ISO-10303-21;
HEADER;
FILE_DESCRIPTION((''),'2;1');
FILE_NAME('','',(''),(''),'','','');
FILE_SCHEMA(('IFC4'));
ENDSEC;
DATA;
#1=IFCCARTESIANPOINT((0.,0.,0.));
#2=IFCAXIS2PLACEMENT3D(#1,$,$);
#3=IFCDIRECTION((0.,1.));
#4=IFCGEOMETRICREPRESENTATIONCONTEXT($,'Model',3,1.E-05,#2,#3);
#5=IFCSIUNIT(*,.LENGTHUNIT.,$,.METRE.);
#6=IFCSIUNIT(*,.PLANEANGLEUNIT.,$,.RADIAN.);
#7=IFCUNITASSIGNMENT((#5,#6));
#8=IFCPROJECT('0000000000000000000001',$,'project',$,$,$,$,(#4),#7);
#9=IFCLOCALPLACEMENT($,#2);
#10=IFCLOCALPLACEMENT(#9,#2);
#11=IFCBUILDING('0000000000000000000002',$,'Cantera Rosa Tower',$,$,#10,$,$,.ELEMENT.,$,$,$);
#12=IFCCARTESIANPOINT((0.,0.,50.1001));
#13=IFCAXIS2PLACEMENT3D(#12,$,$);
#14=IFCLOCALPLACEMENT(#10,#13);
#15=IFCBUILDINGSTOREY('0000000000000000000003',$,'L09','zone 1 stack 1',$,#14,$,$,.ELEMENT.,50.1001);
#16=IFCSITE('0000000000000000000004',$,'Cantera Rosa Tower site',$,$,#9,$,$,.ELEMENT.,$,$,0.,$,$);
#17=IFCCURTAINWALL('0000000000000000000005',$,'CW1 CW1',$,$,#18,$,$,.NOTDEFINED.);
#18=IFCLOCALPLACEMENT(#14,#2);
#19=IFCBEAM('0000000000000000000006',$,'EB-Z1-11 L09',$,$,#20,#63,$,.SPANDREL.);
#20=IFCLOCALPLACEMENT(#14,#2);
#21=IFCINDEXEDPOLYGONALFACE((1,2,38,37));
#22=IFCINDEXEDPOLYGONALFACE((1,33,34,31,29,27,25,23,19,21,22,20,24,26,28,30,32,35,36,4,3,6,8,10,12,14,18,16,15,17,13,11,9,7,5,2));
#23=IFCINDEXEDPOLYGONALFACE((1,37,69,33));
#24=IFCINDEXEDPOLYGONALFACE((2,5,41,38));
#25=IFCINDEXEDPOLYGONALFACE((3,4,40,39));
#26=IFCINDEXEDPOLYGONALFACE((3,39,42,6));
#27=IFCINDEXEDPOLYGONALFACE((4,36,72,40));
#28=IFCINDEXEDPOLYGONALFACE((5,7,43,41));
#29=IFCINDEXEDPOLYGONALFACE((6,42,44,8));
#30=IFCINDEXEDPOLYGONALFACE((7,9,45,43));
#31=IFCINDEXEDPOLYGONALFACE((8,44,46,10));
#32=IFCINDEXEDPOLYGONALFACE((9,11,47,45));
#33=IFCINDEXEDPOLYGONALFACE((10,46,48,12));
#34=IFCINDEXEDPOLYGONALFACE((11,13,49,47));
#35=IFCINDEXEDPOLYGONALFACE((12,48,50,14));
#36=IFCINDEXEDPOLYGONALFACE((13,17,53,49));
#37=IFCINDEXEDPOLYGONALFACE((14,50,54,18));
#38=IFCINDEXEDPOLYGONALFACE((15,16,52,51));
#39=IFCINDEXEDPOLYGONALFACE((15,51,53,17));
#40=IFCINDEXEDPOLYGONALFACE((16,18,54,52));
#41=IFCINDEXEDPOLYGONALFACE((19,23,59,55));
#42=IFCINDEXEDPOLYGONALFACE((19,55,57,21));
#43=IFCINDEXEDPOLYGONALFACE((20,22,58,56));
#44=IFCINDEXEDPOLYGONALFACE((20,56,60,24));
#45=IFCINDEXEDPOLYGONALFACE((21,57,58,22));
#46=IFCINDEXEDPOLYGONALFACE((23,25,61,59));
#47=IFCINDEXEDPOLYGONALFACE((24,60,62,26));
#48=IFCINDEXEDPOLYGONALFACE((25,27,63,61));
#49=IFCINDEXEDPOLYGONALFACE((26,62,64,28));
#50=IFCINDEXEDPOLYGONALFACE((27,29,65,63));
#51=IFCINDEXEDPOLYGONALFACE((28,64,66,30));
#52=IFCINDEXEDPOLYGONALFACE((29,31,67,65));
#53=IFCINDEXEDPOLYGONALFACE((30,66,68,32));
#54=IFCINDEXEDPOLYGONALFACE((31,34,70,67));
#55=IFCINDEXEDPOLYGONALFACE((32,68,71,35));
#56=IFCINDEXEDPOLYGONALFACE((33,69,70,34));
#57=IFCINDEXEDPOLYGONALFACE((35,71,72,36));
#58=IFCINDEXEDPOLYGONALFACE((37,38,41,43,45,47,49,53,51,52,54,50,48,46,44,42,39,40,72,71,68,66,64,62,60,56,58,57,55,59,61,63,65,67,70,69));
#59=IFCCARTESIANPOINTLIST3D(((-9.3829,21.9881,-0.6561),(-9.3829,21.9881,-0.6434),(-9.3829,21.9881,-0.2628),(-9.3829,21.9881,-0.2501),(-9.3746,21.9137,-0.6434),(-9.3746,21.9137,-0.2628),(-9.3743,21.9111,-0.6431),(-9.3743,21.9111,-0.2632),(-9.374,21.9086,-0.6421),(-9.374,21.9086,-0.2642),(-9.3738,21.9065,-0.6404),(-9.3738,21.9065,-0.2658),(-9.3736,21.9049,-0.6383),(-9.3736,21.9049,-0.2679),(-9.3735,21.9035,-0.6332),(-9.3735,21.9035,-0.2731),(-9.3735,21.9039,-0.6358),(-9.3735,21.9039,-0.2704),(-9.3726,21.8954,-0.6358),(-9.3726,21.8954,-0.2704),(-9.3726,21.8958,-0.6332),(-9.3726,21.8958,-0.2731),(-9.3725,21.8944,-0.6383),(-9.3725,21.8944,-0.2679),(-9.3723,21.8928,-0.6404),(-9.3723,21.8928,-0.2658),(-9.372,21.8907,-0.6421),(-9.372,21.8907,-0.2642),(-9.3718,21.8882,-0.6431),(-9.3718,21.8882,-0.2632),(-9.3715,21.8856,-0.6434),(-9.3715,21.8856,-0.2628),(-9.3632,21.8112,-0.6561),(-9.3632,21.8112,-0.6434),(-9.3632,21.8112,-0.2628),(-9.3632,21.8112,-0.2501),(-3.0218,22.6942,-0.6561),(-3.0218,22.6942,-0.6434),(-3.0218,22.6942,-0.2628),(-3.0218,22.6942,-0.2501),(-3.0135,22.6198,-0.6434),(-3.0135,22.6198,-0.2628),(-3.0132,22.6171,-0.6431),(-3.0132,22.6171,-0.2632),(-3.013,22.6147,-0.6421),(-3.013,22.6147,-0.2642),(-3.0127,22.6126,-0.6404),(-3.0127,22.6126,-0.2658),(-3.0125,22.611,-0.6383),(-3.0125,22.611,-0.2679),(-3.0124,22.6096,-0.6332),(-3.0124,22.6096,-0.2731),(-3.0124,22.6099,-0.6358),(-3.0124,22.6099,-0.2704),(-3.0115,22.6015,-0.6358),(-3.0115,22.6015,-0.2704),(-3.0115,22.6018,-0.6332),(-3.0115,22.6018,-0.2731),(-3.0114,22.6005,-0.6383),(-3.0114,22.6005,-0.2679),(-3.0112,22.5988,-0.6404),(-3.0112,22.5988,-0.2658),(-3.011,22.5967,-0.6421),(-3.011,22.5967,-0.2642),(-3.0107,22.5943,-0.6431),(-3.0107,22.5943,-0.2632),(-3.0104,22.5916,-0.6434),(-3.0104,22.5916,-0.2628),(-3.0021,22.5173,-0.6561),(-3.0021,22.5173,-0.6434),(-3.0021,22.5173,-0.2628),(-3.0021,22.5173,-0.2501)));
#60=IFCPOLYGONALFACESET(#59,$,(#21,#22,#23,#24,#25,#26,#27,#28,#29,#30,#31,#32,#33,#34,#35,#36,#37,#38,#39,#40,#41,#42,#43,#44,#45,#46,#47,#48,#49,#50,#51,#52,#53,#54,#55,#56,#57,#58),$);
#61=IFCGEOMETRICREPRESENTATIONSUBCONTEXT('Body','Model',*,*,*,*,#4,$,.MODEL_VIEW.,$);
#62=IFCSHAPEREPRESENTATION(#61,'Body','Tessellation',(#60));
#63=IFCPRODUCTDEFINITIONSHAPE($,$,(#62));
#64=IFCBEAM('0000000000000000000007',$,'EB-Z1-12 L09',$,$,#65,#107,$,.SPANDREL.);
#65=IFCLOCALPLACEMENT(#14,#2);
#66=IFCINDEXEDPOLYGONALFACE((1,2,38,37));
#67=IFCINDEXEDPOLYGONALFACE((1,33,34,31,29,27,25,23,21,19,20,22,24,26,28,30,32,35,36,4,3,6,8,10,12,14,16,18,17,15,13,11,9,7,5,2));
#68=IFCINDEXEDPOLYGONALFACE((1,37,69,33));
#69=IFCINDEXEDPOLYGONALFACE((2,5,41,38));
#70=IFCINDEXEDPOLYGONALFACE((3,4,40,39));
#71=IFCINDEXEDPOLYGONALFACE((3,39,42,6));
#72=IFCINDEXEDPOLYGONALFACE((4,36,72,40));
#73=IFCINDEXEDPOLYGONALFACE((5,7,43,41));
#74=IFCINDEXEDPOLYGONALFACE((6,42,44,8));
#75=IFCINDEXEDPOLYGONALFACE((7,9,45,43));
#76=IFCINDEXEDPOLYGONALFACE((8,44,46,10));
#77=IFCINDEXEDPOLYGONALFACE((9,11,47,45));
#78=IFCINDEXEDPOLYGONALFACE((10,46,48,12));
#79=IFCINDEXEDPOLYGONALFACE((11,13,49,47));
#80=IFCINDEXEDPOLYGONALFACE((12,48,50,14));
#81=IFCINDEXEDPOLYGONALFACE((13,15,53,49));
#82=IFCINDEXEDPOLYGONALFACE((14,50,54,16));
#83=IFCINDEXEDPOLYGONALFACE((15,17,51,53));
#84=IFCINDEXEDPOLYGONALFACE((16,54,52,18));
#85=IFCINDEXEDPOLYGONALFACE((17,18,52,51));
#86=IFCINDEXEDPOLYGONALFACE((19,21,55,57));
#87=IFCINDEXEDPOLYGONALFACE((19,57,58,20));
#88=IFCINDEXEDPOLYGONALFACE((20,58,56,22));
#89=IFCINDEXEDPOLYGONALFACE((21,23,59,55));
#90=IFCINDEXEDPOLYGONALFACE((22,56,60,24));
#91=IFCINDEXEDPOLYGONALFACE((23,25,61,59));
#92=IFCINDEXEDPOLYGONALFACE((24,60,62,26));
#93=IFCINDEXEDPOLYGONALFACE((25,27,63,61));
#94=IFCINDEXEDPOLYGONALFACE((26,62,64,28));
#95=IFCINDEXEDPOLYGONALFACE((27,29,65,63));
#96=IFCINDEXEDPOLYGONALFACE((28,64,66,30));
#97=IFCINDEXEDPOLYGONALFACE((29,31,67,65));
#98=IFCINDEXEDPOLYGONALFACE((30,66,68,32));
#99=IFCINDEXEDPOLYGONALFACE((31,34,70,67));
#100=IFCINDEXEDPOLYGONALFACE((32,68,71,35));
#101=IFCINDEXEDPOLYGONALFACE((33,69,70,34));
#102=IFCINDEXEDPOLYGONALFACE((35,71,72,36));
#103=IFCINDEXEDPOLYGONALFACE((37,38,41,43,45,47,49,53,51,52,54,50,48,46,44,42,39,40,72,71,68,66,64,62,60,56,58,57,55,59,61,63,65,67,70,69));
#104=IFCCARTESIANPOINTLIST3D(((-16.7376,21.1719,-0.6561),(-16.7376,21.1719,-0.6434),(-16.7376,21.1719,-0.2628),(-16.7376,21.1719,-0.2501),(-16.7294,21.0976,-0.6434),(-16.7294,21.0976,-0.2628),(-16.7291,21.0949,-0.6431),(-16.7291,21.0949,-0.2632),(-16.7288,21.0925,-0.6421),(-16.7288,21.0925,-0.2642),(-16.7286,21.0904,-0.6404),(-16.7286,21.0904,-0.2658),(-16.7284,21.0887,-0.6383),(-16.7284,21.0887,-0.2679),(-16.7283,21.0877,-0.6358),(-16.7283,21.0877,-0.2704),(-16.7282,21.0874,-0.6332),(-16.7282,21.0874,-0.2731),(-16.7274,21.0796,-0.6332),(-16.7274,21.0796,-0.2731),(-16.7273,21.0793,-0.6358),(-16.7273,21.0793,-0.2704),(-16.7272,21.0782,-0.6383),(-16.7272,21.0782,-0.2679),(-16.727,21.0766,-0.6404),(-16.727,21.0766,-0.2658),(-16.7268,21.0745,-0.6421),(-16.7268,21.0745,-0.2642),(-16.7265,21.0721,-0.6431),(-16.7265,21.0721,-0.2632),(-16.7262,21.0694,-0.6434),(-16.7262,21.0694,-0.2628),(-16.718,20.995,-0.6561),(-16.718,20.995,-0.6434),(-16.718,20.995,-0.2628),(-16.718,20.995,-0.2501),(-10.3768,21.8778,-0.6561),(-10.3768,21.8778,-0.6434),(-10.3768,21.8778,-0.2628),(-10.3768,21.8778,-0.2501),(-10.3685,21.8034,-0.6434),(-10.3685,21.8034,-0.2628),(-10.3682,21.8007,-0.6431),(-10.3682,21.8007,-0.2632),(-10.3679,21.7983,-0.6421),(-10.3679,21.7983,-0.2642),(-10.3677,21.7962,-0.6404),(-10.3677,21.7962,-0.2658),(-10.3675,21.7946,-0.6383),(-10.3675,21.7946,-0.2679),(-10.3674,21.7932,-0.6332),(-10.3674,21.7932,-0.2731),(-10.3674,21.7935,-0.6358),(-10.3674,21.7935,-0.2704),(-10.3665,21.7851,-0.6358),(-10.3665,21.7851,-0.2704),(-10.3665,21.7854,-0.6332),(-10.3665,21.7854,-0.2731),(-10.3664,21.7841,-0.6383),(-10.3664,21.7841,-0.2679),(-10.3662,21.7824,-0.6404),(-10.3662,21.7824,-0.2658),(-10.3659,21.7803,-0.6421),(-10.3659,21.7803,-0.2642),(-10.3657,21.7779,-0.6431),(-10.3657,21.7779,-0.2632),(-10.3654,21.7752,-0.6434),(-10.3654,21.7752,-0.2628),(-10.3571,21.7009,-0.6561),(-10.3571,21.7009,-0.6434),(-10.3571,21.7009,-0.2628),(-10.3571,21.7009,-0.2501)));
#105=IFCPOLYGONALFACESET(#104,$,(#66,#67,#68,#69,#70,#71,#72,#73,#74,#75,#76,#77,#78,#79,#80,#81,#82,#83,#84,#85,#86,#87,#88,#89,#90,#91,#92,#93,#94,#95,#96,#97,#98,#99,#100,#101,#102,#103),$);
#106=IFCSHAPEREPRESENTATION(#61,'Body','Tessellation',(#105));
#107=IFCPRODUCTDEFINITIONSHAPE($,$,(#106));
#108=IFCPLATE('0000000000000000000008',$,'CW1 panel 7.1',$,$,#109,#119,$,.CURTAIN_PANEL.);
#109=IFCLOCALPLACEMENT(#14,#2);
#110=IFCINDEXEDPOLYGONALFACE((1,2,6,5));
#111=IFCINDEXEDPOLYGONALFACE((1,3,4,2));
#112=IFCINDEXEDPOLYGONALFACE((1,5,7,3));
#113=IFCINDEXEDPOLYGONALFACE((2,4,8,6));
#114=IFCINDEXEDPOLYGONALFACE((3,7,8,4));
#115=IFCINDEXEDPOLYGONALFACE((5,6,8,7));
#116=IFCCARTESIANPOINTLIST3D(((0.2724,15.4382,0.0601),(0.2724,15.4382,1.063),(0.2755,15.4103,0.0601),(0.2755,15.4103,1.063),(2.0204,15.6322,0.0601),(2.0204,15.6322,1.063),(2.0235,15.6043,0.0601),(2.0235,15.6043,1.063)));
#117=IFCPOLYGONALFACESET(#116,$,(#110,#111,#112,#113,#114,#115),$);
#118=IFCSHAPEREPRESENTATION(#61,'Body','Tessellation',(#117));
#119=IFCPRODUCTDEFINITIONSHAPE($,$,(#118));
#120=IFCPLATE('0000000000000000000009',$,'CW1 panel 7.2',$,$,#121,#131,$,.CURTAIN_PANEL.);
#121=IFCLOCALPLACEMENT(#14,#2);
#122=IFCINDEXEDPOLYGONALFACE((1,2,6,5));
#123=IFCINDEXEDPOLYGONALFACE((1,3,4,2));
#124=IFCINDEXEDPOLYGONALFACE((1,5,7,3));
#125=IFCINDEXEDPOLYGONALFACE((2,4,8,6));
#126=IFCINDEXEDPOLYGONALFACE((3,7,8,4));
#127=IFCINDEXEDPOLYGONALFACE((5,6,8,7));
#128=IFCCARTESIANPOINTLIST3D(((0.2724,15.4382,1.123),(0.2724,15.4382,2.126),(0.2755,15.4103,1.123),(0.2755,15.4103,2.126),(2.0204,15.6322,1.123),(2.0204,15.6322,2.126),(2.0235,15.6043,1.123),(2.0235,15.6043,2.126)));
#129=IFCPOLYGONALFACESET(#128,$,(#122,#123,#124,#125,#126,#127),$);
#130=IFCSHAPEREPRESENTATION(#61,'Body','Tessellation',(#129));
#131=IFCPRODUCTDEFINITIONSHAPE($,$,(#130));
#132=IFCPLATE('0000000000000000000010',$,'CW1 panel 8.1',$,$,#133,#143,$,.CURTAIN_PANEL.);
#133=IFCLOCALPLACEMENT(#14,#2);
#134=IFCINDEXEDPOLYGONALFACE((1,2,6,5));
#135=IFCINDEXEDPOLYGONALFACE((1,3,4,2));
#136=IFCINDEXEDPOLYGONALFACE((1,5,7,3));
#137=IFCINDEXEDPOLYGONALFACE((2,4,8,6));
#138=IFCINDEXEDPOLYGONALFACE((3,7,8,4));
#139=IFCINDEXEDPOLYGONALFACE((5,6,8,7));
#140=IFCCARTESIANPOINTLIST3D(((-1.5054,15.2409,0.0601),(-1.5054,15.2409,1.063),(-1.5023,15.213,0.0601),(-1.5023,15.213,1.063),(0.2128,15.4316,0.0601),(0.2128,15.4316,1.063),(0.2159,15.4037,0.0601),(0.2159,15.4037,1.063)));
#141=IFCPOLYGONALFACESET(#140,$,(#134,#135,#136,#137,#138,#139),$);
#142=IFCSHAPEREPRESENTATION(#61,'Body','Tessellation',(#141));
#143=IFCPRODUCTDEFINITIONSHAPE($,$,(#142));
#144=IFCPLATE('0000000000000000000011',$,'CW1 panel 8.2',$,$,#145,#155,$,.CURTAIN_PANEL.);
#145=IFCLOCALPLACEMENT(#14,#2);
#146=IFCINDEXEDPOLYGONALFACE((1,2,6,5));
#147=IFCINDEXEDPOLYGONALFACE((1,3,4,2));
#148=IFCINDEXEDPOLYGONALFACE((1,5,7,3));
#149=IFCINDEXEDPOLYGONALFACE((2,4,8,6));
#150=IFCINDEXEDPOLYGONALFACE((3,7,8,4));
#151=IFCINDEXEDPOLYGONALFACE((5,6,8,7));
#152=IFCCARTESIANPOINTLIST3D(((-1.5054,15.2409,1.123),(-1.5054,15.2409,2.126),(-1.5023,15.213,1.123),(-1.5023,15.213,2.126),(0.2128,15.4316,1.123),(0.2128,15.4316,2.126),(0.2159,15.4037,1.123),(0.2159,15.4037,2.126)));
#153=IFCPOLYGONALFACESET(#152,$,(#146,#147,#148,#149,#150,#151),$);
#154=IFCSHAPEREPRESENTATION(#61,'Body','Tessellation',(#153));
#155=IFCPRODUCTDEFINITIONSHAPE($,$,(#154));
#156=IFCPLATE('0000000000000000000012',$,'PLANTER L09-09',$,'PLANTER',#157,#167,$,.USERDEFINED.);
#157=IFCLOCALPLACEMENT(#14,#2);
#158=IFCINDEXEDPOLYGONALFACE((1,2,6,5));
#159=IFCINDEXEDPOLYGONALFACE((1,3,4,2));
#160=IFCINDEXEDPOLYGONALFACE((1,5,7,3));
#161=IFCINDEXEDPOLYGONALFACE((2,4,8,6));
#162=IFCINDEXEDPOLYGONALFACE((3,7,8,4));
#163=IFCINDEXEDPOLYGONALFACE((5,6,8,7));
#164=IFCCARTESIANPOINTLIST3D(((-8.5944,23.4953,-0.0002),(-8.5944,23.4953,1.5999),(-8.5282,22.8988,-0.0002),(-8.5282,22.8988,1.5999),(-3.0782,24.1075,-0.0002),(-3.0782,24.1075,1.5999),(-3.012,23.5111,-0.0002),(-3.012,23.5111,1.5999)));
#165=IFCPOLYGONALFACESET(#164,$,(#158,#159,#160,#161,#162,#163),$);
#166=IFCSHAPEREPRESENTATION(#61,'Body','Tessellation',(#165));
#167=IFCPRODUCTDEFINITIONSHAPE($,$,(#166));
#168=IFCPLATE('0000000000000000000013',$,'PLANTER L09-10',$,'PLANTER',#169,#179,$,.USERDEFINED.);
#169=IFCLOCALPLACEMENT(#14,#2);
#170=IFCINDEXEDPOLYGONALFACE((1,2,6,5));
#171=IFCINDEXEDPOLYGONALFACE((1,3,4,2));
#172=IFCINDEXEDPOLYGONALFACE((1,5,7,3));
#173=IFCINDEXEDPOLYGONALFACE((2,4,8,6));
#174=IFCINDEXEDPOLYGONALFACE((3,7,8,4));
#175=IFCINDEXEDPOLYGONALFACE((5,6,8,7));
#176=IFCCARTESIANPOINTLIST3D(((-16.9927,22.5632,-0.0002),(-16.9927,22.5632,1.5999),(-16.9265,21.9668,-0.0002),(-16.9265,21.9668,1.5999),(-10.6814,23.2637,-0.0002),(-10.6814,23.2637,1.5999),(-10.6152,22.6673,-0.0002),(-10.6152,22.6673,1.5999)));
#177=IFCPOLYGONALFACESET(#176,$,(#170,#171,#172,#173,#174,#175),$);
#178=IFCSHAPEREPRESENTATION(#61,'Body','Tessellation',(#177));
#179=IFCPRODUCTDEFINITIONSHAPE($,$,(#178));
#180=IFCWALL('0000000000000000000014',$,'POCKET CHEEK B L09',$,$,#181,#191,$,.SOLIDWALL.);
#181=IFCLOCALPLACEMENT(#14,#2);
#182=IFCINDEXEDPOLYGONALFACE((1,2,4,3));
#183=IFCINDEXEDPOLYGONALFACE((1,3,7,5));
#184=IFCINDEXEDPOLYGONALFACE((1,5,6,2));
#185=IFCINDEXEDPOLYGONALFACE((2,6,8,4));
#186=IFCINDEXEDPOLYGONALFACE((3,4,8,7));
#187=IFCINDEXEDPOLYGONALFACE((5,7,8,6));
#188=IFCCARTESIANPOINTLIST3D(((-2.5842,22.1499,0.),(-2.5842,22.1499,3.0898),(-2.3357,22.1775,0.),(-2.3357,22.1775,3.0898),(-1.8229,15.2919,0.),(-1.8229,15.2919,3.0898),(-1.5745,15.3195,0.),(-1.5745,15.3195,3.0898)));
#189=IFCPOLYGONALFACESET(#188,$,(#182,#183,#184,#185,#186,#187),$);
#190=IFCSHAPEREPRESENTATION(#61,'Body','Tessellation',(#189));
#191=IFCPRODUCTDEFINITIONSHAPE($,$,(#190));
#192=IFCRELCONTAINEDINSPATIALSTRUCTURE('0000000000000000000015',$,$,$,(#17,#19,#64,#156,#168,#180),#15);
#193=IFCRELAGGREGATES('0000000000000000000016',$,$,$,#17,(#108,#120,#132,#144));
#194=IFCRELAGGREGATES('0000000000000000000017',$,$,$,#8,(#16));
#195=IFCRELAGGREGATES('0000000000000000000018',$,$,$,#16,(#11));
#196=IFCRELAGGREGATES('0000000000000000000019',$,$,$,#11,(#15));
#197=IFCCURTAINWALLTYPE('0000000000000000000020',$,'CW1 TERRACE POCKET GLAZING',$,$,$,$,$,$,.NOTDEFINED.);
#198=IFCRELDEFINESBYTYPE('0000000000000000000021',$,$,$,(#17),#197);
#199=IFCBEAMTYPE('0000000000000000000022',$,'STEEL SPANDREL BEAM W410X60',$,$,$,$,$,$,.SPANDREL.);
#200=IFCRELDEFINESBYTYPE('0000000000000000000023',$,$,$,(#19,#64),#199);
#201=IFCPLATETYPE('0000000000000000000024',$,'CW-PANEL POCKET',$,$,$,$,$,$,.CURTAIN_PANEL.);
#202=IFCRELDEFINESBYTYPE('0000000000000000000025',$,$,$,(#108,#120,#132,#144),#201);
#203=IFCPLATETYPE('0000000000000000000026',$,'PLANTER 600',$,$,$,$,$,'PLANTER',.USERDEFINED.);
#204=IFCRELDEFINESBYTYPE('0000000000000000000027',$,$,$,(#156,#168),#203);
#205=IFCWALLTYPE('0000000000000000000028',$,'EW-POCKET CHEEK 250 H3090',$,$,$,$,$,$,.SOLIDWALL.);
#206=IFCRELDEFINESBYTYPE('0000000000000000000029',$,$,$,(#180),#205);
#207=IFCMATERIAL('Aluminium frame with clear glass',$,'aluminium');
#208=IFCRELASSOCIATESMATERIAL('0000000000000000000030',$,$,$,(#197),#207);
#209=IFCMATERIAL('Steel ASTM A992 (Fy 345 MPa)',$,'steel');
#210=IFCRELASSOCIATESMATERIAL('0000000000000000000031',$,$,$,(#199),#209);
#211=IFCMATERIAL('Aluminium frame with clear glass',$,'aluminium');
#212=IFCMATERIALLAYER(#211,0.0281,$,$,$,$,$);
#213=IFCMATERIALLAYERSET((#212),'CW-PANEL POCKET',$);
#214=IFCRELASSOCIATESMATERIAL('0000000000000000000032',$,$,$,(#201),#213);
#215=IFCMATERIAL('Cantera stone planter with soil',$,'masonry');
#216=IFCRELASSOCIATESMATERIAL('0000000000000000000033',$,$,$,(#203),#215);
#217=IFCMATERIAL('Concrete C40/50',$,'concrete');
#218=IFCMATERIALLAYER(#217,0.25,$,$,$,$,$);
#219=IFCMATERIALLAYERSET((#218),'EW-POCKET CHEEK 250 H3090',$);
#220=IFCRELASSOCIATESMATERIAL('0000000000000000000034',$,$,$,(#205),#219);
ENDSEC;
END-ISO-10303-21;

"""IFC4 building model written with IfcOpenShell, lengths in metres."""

from ifc_helpers import new_model, si_unit, direction, frame, frame_2d, origin, origin_2d, place, context, subcontext, project, spatial, rectangle, i_section, extrude, material, layer, layer_set, material_profile, profile_set, type_object, element, aggregate, save


model = new_model("IFC4")

# Units and contexts
model_context = context("Model", 3, precision=1e-05, world=origin(), true_north=direction((0.0, 1.0)))
body_context = subcontext(model_context, "Body", "Model", "MODEL_VIEW")
ifc_project = project(units=[si_unit("LENGTHUNIT", "METRE"), si_unit("PLANEANGLEUNIT", "RADIAN")], contexts=[model_context])

# Site, building, storey
site_placement = place(None, origin())
site = spatial("IfcSite", under=ifc_project, at=site_placement, Name="Cantera Rosa Tower site", CompositionType="ELEMENT", RefElevation=0.0)
building_placement = place(site_placement, origin())
building = spatial("IfcBuilding", under=site, at=building_placement, Name="Cantera Rosa Tower", CompositionType="ELEMENT")
storey_placement = place(building_placement, frame((0.0, 0.0, 50.1001)))
storey = spatial("IfcBuildingStorey", under=building, at=storey_placement, Name="L09", Description="zone 1 stack 1", CompositionType="ELEMENT", Elevation=50.1001)

# Curtain wall
ifc_material_1 = material(Name="Aluminium frame with clear glass", Category="aluminium")
curtain_wall_type = type_object("IfcCurtainWallType", Name="CW1 TERRACE POCKET GLAZING", PredefinedType="NOTDEFINED", material=ifc_material_1)
curtain_wall_placement = place(storey_placement, origin())
curtain_wall = element("IfcCurtainWall", 1, at=curtain_wall_placement, inside=storey, type_object=curtain_wall_type, Name="CW1 CW1", PredefinedType="NOTDEFINED")

# Beams
ifc_material_2 = material(Name="Steel ASTM A992 (Fy 345 MPa)", Category="steel")
ifc_material_profile_1 = material_profile(ifc_material_2, i_section(OverallWidth=0.178, OverallDepth=0.406, WebThickness=0.0078, FlangeThickness=0.0127, FilletRadius=0.0103, at=origin_2d()), Name="W410X60")
ifc_profile_set_1 = profile_set([ifc_material_profile_1], Name="Steel ASTM A992 (Fy 345 MPa)")
beam_type_1 = type_object("IfcBeamType", Name="STEEL SPANDREL BEAM W410X60", PredefinedType="SPANDREL", material=ifc_profile_set_1)
beam_1_placement = place(storey_placement, frame((-3.012, 22.6057, -0.4531), z_axis=(-0.993896, -0.110318, 0.0), x_axis=(0.110318, -0.993896, 0.0)))
element("IfcBeam", 2, at=beam_1_placement, inside=storey, type_object=beam_type_1, Name="EB-Z1-11 L09", PredefinedType="SPANDREL", context=body_context, shape_type="SweptSolid", body=[
    extrude(i_section(OverallWidth=0.178, OverallDepth=0.406, WebThickness=0.0078, FlangeThickness=0.0127, FilletRadius=0.0103, at=origin_2d()), origin(), (0.0, 0.0, 1.0), 6.4001),
])
beam_2_placement = place(storey_placement, frame((-10.3669, 21.7893, -0.4531), z_axis=(-0.9939, -0.110285, 0.0), x_axis=(0.110285, -0.9939, 0.0)))
element("IfcBeam", 3, at=beam_2_placement, inside=storey, type_object=beam_type_1, Name="EB-Z1-12 L09", PredefinedType="SPANDREL", context=body_context, shape_type="SweptSolid", body=[
    extrude(i_section(OverallWidth=0.178, OverallDepth=0.406, WebThickness=0.0078, FlangeThickness=0.0127, FilletRadius=0.0103, at=origin_2d()), origin(), (0.0, 0.0, 1.0), 6.3999),
])

# Plates
ifc_material_3 = material(Name="Aluminium frame with clear glass", Category="aluminium")
ifc_layer_1 = layer(ifc_material_3, 0.0281)
ifc_layer_set_1 = layer_set([ifc_layer_1], Name="CW-PANEL POCKET")
plate_type_1 = type_object("IfcPlateType", Name="CW-PANEL POCKET", PredefinedType="CURTAIN_PANEL", material=ifc_layer_set_1)
plate_1_placement = place(storey_placement, frame((1.1479, 15.5212, 0.0601), z_axis=(0.0, 0.0, 1.0), x_axis=(-0.993897, -0.110313, 0.0)))
plate_1 = element("IfcPlate", 4, at=plate_1_placement, type_object=plate_type_1, Name="CW1 panel 7.1", PredefinedType="CURTAIN_PANEL", context=body_context, shape_type="SweptSolid", body=[
    extrude(rectangle(XDim=1.7588, YDim=0.0281, at=origin_2d()), origin(), (0.0, 0.0, 1.0), 1.0029),
])
plate_2_placement = place(storey_placement, frame((1.1479, 15.5212, 1.123), z_axis=(0.0, 0.0, 1.0), x_axis=(-0.993897, -0.110313, 0.0)))
plate_2 = element("IfcPlate", 5, at=plate_2_placement, type_object=plate_type_1, Name="CW1 panel 7.2", PredefinedType="CURTAIN_PANEL", context=body_context, shape_type="SweptSolid", body=[
    extrude(rectangle(XDim=1.7588, YDim=0.0281, at=origin_2d()), origin(), (0.0, 0.0, 1.0), 1.0029),
])
plate_3_placement = place(storey_placement, frame((-0.6448, 15.3223, 0.0601), z_axis=(0.0, 0.0, 1.0), x_axis=(-0.993897, -0.110313, 0.0)))
plate_3 = element("IfcPlate", 6, at=plate_3_placement, type_object=plate_type_1, Name="CW1 panel 8.1", PredefinedType="CURTAIN_PANEL", context=body_context, shape_type="SweptSolid", body=[
    extrude(rectangle(XDim=1.7288, YDim=0.0281, at=origin_2d()), origin(), (0.0, 0.0, 1.0), 1.0029),
])
plate_4_placement = place(storey_placement, frame((-0.6448, 15.3223, 1.123), z_axis=(0.0, 0.0, 1.0), x_axis=(-0.993897, -0.110313, 0.0)))
plate_4 = element("IfcPlate", 7, at=plate_4_placement, type_object=plate_type_1, Name="CW1 panel 8.2", PredefinedType="CURTAIN_PANEL", context=body_context, shape_type="SweptSolid", body=[
    extrude(rectangle(XDim=1.7288, YDim=0.0281, at=origin_2d()), origin(), (0.0, 0.0, 1.0), 1.0029),
])
aggregate(curtain_wall, [plate_1, plate_2, plate_3, plate_4])

# Plates
ifc_material_4 = material(Name="Cantera stone planter with soil", Category="masonry")
plate_type_2 = type_object("IfcPlateType", Name="PLANTER 600", ElementType="PLANTER", PredefinedType="USERDEFINED", material=ifc_material_4)
plate_5_placement = place(storey_placement, frame((-5.8032, 23.5032, -0.0002), z_axis=(0.0, 0.0, 1.0), x_axis=(-0.993897, -0.110313, 0.0)))
element("IfcPlate", 8, at=plate_5_placement, inside=storey, type_object=plate_type_2, Name="PLANTER L09-09", ObjectType="PLANTER", PredefinedType="USERDEFINED", context=body_context, shape_type="SweptSolid", body=[
    extrude(rectangle(XDim=5.55, YDim=0.6001, at=origin_2d()), origin(), (0.0, 0.0, 1.0), 1.6001),
])
plate_6_placement = place(storey_placement, frame((-13.804, 22.6152, -0.0002), z_axis=(0.0, 0.0, 1.0), x_axis=(-0.993897, -0.110313, 0.0)))
element("IfcPlate", 9, at=plate_6_placement, inside=storey, type_object=plate_type_2, Name="PLANTER L09-10", ObjectType="PLANTER", PredefinedType="USERDEFINED", context=body_context, shape_type="SweptSolid", body=[
    extrude(rectangle(XDim=6.3501, YDim=0.6001, at=origin_2d()), origin(), (0.0, 0.0, 1.0), 1.6001),
])

# Wall
ifc_material_5 = material(Name="Concrete C40/50", Category="concrete")
ifc_layer_2 = layer(ifc_material_5, 0.25)
ifc_layer_set_2 = layer_set([ifc_layer_2], Name="EW-POCKET CHEEK 250 H3090")
wall_type_1 = type_object("IfcWallType", Name="EW-POCKET CHEEK 250 H3090", PredefinedType="SOLIDWALL", material=ifc_layer_set_2)
wall_1_placement = place(storey_placement, frame((-2.46, 22.1638, 0.0), z_axis=(0.0, 0.0, 1.0), x_axis=(0.110323, -0.993896, 0.0)))
element("IfcWall", 10, at=wall_1_placement, inside=storey, type_object=wall_type_1, Name="POCKET CHEEK B L09", PredefinedType="SOLIDWALL", context=body_context, shape_type="SweptSolid", body=[
    extrude(rectangle(XDim=6.9001, YDim=0.25, at=frame_2d((3.4502, 0.0))), origin(), (0.0, 0.0, 1.0), 3.0898),
])

save(model, "model.ifc")
